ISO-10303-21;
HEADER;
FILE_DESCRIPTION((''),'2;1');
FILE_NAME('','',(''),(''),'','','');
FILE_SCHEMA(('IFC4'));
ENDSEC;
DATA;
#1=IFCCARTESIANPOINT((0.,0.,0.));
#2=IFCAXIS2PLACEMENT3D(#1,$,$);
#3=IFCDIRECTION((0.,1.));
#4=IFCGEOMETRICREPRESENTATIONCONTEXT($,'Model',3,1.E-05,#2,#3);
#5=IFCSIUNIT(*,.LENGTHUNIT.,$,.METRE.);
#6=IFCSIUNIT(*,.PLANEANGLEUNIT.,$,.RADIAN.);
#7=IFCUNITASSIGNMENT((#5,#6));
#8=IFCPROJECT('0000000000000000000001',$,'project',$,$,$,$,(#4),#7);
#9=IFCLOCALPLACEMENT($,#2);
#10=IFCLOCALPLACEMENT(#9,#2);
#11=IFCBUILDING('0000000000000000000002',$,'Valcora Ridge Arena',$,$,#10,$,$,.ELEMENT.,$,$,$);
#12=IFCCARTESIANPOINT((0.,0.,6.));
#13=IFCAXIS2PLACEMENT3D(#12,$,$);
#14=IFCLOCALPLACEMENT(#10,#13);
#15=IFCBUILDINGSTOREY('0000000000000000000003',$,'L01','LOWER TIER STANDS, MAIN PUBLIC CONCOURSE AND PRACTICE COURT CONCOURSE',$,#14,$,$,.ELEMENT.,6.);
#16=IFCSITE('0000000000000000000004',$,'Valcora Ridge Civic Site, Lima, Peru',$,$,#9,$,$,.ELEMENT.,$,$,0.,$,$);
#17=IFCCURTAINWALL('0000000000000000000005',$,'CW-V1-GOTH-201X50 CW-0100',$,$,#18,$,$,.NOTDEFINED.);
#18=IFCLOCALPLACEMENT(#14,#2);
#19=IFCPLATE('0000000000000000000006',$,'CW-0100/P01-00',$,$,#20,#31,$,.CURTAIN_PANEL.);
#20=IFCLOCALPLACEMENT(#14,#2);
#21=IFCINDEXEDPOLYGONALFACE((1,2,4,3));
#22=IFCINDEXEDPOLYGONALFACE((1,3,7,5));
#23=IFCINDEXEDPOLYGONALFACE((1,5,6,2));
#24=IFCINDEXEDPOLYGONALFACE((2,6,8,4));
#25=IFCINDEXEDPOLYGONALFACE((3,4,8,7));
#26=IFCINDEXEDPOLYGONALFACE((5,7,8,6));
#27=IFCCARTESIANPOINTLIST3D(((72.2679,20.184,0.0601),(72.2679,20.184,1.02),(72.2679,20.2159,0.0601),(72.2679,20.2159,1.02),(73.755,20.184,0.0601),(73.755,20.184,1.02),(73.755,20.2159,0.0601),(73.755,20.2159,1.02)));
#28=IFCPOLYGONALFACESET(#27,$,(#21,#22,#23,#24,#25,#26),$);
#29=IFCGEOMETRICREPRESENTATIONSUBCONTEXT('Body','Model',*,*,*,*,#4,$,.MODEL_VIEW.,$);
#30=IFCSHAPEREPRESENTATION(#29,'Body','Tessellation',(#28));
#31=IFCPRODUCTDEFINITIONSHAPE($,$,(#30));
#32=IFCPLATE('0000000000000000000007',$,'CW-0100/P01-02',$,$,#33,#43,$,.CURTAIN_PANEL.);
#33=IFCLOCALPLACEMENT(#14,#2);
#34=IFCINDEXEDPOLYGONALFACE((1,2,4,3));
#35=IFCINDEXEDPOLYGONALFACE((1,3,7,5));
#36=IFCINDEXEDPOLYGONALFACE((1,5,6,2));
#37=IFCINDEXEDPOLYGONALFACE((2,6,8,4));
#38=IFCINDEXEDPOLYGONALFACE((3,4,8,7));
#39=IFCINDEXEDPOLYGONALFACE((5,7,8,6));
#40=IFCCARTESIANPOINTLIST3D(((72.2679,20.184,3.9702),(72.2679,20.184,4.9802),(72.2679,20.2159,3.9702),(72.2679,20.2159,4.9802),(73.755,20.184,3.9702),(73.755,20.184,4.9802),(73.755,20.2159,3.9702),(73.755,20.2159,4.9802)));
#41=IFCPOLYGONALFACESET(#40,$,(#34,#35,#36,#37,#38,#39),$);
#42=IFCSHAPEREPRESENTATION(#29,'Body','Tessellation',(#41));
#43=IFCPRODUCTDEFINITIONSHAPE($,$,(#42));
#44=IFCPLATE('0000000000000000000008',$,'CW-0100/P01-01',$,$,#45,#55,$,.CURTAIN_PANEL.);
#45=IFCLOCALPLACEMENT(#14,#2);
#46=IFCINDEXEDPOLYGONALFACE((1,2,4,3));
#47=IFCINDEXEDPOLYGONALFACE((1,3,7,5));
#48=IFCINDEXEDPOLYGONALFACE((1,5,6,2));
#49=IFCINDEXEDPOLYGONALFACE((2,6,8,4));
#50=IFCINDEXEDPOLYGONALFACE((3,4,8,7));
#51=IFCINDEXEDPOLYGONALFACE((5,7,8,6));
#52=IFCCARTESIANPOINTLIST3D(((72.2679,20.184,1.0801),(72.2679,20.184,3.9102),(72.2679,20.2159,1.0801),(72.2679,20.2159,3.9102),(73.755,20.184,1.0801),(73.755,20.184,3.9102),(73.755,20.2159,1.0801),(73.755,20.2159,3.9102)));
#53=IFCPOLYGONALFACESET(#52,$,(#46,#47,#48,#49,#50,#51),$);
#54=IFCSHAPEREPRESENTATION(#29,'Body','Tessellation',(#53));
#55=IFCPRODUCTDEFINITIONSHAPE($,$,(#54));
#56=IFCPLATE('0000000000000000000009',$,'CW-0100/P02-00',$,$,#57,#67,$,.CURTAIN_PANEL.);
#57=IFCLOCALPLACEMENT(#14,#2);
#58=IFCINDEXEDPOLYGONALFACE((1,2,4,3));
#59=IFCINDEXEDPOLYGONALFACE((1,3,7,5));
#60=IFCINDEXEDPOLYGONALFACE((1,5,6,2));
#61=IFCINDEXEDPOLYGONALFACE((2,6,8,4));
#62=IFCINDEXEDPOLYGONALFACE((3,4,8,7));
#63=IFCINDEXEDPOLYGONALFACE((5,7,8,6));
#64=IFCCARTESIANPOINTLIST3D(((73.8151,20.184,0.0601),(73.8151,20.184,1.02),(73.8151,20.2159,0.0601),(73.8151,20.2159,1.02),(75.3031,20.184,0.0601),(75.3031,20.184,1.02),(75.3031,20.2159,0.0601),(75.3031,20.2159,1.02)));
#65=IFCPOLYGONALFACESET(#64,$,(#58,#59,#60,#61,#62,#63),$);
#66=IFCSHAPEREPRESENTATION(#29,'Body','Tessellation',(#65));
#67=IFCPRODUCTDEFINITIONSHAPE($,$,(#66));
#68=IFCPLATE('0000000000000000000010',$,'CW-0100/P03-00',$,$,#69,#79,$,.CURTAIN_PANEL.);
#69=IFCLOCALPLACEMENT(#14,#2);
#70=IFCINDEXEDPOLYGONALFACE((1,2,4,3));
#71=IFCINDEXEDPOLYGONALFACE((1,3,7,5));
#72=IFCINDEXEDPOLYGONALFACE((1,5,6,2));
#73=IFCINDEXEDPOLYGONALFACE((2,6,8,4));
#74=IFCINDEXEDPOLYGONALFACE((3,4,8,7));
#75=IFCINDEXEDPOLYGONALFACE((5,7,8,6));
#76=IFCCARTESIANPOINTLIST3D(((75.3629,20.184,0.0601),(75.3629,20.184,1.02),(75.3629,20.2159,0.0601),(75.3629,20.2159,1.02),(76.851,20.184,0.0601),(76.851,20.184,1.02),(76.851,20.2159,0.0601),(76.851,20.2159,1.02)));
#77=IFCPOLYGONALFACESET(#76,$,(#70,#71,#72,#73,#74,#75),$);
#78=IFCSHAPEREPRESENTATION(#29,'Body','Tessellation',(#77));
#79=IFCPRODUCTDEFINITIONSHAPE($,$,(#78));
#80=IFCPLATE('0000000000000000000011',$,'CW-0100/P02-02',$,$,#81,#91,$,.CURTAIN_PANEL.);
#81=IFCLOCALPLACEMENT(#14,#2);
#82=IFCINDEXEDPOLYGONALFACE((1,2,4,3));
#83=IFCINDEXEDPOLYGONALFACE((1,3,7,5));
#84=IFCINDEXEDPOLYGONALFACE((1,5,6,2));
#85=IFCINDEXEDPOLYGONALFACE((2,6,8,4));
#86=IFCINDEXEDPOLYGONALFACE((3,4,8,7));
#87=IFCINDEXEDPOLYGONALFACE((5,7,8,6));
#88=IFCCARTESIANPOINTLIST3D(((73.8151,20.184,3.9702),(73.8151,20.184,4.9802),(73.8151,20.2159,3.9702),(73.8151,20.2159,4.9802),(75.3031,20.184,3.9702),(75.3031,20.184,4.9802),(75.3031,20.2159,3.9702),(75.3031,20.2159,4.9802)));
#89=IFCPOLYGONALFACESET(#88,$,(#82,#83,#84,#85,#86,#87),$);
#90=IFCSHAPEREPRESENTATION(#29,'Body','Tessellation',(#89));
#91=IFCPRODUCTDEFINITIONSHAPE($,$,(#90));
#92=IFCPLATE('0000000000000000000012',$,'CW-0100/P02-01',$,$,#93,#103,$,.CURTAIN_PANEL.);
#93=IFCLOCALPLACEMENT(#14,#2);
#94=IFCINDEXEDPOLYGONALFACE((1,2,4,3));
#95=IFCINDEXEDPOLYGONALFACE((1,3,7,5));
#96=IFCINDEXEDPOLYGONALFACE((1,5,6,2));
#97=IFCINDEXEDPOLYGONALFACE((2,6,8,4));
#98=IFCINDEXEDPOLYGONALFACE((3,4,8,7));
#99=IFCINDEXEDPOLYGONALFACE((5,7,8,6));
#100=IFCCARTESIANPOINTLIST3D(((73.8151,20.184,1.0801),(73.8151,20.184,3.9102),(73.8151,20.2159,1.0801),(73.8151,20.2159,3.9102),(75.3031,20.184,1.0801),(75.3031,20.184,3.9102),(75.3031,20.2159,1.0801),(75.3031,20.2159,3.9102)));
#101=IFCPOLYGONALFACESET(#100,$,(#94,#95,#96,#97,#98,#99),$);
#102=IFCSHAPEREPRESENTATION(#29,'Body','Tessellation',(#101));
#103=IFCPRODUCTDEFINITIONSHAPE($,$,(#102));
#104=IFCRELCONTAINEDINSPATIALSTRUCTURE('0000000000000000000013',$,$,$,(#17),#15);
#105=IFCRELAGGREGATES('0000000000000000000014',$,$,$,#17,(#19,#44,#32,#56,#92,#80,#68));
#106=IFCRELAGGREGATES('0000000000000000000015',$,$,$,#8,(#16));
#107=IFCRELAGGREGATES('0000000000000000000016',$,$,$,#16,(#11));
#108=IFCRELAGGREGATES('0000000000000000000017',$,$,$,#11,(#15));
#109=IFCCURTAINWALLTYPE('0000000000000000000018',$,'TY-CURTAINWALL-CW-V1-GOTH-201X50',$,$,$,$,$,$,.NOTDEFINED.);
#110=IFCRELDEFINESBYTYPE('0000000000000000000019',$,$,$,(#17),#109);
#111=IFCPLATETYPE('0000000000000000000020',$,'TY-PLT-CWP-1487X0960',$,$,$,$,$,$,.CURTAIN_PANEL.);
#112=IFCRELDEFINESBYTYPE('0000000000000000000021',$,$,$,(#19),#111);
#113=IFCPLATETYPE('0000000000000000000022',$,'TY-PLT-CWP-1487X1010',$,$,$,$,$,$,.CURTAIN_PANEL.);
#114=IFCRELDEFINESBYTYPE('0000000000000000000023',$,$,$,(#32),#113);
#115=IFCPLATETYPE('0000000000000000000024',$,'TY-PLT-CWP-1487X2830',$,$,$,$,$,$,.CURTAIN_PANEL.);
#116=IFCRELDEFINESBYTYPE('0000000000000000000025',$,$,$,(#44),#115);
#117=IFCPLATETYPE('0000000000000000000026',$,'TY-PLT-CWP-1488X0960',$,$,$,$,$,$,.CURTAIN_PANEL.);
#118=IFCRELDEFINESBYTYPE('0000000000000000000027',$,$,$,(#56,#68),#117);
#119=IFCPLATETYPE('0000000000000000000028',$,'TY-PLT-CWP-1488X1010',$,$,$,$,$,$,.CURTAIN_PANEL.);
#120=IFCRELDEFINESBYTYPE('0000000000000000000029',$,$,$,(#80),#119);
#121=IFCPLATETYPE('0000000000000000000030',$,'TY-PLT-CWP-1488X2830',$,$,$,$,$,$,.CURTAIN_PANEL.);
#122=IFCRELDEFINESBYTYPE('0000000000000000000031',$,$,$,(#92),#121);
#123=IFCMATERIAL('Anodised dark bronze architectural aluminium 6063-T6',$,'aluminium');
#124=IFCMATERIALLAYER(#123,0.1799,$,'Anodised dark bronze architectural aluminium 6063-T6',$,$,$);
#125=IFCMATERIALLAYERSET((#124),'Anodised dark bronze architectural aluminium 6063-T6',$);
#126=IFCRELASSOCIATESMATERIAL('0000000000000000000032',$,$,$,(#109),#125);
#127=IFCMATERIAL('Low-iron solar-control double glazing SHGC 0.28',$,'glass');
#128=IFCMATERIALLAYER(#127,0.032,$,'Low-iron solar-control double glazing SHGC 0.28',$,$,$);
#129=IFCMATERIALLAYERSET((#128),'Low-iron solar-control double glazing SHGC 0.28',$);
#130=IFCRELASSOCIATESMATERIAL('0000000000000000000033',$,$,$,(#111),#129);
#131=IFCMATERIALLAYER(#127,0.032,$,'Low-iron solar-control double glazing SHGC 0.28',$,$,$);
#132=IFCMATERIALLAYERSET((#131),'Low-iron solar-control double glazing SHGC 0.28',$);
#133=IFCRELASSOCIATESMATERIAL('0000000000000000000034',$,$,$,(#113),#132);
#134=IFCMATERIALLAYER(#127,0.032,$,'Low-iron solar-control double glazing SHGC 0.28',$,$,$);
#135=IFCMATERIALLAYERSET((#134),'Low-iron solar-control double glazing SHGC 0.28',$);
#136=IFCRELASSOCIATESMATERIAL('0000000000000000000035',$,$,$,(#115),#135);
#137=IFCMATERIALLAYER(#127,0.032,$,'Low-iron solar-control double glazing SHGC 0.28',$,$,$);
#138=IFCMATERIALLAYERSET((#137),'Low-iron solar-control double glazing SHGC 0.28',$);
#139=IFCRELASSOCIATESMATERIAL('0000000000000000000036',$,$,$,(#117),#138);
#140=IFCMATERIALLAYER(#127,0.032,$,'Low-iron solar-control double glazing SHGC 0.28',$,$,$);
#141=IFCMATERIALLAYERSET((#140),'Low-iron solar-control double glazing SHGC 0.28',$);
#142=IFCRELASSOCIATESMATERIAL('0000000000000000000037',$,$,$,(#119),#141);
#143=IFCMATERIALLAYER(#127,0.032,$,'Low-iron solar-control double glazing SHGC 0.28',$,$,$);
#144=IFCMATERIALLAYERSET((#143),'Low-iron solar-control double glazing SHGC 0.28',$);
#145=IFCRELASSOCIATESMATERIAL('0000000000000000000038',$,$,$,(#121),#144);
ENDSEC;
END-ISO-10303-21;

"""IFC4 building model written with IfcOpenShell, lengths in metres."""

from ifc_helpers import new_model, si_unit, direction, frame, origin, origin_2d, place, context, subcontext, project, spatial, rectangle, extrude, material, layer, layer_set, type_object, element, aggregate, save


model = new_model("IFC4")

# Units and contexts
model_context = context("Model", 3, precision=1e-05, world=origin(), true_north=direction((0.0, 1.0)))
body_context = subcontext(model_context, "Body", "Model", "MODEL_VIEW")
ifc_project = project(units=[si_unit("LENGTHUNIT", "METRE"), si_unit("PLANEANGLEUNIT", "RADIAN")], contexts=[model_context])

# Site, building, storey
site_placement = place(None, origin())
site = spatial("IfcSite", under=ifc_project, at=site_placement, Name="Valcora Ridge Civic Site, Lima, Peru", CompositionType="ELEMENT", RefElevation=0.0)
building_placement = place(site_placement, origin())
building = spatial("IfcBuilding", under=site, at=building_placement, Name="Valcora Ridge Arena", CompositionType="ELEMENT")
storey_placement = place(building_placement, frame((0.0, 0.0, 6.0)))
storey = spatial("IfcBuildingStorey", under=building, at=storey_placement, Name="L01", Description="LOWER TIER STANDS, MAIN PUBLIC CONCOURSE AND PRACTICE COURT CONCOURSE", CompositionType="ELEMENT", Elevation=6.0)

# Curtain wall, plates
ifc_material_1 = material(Name="Anodised dark bronze architectural aluminium 6063-T6", Category="aluminium")
ifc_layer_1 = layer(ifc_material_1, 0.1799, Name="Anodised dark bronze architectural aluminium 6063-T6")
ifc_layer_set_1 = layer_set([ifc_layer_1], Name="Anodised dark bronze architectural aluminium 6063-T6")
curtain_wall_type = type_object("IfcCurtainWallType", Name="TY-CURTAINWALL-CW-V1-GOTH-201X50", PredefinedType="NOTDEFINED", material=ifc_layer_set_1)
curtain_wall_placement = place(storey_placement, origin())
curtain_wall = element("IfcCurtainWall", 1, at=curtain_wall_placement, inside=storey, type_object=curtain_wall_type, Name="CW-V1-GOTH-201X50 CW-0100", PredefinedType="NOTDEFINED")
ifc_material_2 = material(Name="Low-iron solar-control double glazing SHGC 0.28", Category="glass")
ifc_layer_2 = layer(ifc_material_2, 0.032, Name="Low-iron solar-control double glazing SHGC 0.28")
ifc_layer_set_2 = layer_set([ifc_layer_2], Name="Low-iron solar-control double glazing SHGC 0.28")
plate_type_1 = type_object("IfcPlateType", Name="TY-PLT-CWP-1487X0960", PredefinedType="CURTAIN_PANEL", material=ifc_layer_set_2)
plate_1_placement = place(storey_placement, frame((73.0115, 20.2, 0.0601), z_axis=(0.0, 0.0, 1.0), x_axis=(1.0, 0.0, 0.0)))
plate_1 = element("IfcPlate", 2, at=plate_1_placement, type_object=plate_type_1, Name="CW-0100/P01-00", PredefinedType="CURTAIN_PANEL", context=body_context, shape_type="SweptSolid", body=[
    extrude(rectangle(XDim=1.4871, YDim=0.032, at=origin_2d()), origin(), (0.0, 0.0, 1.0), 0.96),
])
ifc_layer_3 = layer(ifc_material_2, 0.032, Name="Low-iron solar-control double glazing SHGC 0.28")
ifc_layer_set_3 = layer_set([ifc_layer_3], Name="Low-iron solar-control double glazing SHGC 0.28")
plate_type_2 = type_object("IfcPlateType", Name="TY-PLT-CWP-1487X1010", PredefinedType="CURTAIN_PANEL", material=ifc_layer_set_3)
plate_2_placement = place(storey_placement, frame((73.0115, 20.2, 3.9702), z_axis=(0.0, 0.0, 1.0), x_axis=(1.0, 0.0, 0.0)))
plate_2 = element("IfcPlate", 3, at=plate_2_placement, type_object=plate_type_2, Name="CW-0100/P01-02", PredefinedType="CURTAIN_PANEL", context=body_context, shape_type="SweptSolid", body=[
    extrude(rectangle(XDim=1.4871, YDim=0.032, at=origin_2d()), origin(), (0.0, 0.0, 1.0), 1.01),
])
ifc_layer_4 = layer(ifc_material_2, 0.032, Name="Low-iron solar-control double glazing SHGC 0.28")
ifc_layer_set_4 = layer_set([ifc_layer_4], Name="Low-iron solar-control double glazing SHGC 0.28")
plate_type_3 = type_object("IfcPlateType", Name="TY-PLT-CWP-1487X2830", PredefinedType="CURTAIN_PANEL", material=ifc_layer_set_4)
plate_3_placement = place(storey_placement, frame((73.0115, 20.2, 1.0801), z_axis=(0.0, 0.0, 1.0), x_axis=(1.0, 0.0, 0.0)))
plate_3 = element("IfcPlate", 4, at=plate_3_placement, type_object=plate_type_3, Name="CW-0100/P01-01", PredefinedType="CURTAIN_PANEL", context=body_context, shape_type="SweptSolid", body=[
    extrude(rectangle(XDim=1.4871, YDim=0.032, at=origin_2d()), origin(), (0.0, 0.0, 1.0), 2.8301),
])
ifc_layer_5 = layer(ifc_material_2, 0.032, Name="Low-iron solar-control double glazing SHGC 0.28")
ifc_layer_set_5 = layer_set([ifc_layer_5], Name="Low-iron solar-control double glazing SHGC 0.28")
plate_type_4 = type_object("IfcPlateType", Name="TY-PLT-CWP-1488X0960", PredefinedType="CURTAIN_PANEL", material=ifc_layer_set_5)
plate_4_placement = place(storey_placement, frame((74.5591, 20.2, 0.0601), z_axis=(0.0, 0.0, 1.0), x_axis=(1.0, 0.0, 0.0)))
plate_4 = element("IfcPlate", 5, at=plate_4_placement, type_object=plate_type_4, Name="CW-0100/P02-00", PredefinedType="CURTAIN_PANEL", context=body_context, shape_type="SweptSolid", body=[
    extrude(rectangle(XDim=1.488, YDim=0.032, at=origin_2d()), origin(), (0.0, 0.0, 1.0), 0.96),
])
plate_5_placement = place(storey_placement, frame((76.1069, 20.2, 0.0601), z_axis=(0.0, 0.0, 1.0), x_axis=(1.0, 0.0, 0.0)))
plate_5 = element("IfcPlate", 6, at=plate_5_placement, type_object=plate_type_4, Name="CW-0100/P03-00", PredefinedType="CURTAIN_PANEL", context=body_context, shape_type="SweptSolid", body=[
    extrude(rectangle(XDim=1.488, YDim=0.032, at=origin_2d()), origin(), (0.0, 0.0, 1.0), 0.96),
])
ifc_layer_6 = layer(ifc_material_2, 0.032, Name="Low-iron solar-control double glazing SHGC 0.28")
ifc_layer_set_6 = layer_set([ifc_layer_6], Name="Low-iron solar-control double glazing SHGC 0.28")
plate_type_5 = type_object("IfcPlateType", Name="TY-PLT-CWP-1488X1010", PredefinedType="CURTAIN_PANEL", material=ifc_layer_set_6)
plate_6_placement = place(storey_placement, frame((74.5591, 20.2, 3.9702), z_axis=(0.0, 0.0, 1.0), x_axis=(1.0, 0.0, 0.0)))
plate_6 = element("IfcPlate", 7, at=plate_6_placement, type_object=plate_type_5, Name="CW-0100/P02-02", PredefinedType="CURTAIN_PANEL", context=body_context, shape_type="SweptSolid", body=[
    extrude(rectangle(XDim=1.488, YDim=0.032, at=origin_2d()), origin(), (0.0, 0.0, 1.0), 1.01),
])
ifc_layer_7 = layer(ifc_material_2, 0.032, Name="Low-iron solar-control double glazing SHGC 0.28")
ifc_layer_set_7 = layer_set([ifc_layer_7], Name="Low-iron solar-control double glazing SHGC 0.28")
plate_type_6 = type_object("IfcPlateType", Name="TY-PLT-CWP-1488X2830", PredefinedType="CURTAIN_PANEL", material=ifc_layer_set_7)
plate_7_placement = place(storey_placement, frame((74.5591, 20.2, 1.0801), z_axis=(0.0, 0.0, 1.0), x_axis=(1.0, 0.0, 0.0)))
plate_7 = element("IfcPlate", 8, at=plate_7_placement, type_object=plate_type_6, Name="CW-0100/P02-01", PredefinedType="CURTAIN_PANEL", context=body_context, shape_type="SweptSolid", body=[
    extrude(rectangle(XDim=1.488, YDim=0.032, at=origin_2d()), origin(), (0.0, 0.0, 1.0), 2.8301),
])
aggregate(curtain_wall, [plate_1, plate_3, plate_2, plate_4, plate_7, plate_6, plate_5])

save(model, "model.ifc")
